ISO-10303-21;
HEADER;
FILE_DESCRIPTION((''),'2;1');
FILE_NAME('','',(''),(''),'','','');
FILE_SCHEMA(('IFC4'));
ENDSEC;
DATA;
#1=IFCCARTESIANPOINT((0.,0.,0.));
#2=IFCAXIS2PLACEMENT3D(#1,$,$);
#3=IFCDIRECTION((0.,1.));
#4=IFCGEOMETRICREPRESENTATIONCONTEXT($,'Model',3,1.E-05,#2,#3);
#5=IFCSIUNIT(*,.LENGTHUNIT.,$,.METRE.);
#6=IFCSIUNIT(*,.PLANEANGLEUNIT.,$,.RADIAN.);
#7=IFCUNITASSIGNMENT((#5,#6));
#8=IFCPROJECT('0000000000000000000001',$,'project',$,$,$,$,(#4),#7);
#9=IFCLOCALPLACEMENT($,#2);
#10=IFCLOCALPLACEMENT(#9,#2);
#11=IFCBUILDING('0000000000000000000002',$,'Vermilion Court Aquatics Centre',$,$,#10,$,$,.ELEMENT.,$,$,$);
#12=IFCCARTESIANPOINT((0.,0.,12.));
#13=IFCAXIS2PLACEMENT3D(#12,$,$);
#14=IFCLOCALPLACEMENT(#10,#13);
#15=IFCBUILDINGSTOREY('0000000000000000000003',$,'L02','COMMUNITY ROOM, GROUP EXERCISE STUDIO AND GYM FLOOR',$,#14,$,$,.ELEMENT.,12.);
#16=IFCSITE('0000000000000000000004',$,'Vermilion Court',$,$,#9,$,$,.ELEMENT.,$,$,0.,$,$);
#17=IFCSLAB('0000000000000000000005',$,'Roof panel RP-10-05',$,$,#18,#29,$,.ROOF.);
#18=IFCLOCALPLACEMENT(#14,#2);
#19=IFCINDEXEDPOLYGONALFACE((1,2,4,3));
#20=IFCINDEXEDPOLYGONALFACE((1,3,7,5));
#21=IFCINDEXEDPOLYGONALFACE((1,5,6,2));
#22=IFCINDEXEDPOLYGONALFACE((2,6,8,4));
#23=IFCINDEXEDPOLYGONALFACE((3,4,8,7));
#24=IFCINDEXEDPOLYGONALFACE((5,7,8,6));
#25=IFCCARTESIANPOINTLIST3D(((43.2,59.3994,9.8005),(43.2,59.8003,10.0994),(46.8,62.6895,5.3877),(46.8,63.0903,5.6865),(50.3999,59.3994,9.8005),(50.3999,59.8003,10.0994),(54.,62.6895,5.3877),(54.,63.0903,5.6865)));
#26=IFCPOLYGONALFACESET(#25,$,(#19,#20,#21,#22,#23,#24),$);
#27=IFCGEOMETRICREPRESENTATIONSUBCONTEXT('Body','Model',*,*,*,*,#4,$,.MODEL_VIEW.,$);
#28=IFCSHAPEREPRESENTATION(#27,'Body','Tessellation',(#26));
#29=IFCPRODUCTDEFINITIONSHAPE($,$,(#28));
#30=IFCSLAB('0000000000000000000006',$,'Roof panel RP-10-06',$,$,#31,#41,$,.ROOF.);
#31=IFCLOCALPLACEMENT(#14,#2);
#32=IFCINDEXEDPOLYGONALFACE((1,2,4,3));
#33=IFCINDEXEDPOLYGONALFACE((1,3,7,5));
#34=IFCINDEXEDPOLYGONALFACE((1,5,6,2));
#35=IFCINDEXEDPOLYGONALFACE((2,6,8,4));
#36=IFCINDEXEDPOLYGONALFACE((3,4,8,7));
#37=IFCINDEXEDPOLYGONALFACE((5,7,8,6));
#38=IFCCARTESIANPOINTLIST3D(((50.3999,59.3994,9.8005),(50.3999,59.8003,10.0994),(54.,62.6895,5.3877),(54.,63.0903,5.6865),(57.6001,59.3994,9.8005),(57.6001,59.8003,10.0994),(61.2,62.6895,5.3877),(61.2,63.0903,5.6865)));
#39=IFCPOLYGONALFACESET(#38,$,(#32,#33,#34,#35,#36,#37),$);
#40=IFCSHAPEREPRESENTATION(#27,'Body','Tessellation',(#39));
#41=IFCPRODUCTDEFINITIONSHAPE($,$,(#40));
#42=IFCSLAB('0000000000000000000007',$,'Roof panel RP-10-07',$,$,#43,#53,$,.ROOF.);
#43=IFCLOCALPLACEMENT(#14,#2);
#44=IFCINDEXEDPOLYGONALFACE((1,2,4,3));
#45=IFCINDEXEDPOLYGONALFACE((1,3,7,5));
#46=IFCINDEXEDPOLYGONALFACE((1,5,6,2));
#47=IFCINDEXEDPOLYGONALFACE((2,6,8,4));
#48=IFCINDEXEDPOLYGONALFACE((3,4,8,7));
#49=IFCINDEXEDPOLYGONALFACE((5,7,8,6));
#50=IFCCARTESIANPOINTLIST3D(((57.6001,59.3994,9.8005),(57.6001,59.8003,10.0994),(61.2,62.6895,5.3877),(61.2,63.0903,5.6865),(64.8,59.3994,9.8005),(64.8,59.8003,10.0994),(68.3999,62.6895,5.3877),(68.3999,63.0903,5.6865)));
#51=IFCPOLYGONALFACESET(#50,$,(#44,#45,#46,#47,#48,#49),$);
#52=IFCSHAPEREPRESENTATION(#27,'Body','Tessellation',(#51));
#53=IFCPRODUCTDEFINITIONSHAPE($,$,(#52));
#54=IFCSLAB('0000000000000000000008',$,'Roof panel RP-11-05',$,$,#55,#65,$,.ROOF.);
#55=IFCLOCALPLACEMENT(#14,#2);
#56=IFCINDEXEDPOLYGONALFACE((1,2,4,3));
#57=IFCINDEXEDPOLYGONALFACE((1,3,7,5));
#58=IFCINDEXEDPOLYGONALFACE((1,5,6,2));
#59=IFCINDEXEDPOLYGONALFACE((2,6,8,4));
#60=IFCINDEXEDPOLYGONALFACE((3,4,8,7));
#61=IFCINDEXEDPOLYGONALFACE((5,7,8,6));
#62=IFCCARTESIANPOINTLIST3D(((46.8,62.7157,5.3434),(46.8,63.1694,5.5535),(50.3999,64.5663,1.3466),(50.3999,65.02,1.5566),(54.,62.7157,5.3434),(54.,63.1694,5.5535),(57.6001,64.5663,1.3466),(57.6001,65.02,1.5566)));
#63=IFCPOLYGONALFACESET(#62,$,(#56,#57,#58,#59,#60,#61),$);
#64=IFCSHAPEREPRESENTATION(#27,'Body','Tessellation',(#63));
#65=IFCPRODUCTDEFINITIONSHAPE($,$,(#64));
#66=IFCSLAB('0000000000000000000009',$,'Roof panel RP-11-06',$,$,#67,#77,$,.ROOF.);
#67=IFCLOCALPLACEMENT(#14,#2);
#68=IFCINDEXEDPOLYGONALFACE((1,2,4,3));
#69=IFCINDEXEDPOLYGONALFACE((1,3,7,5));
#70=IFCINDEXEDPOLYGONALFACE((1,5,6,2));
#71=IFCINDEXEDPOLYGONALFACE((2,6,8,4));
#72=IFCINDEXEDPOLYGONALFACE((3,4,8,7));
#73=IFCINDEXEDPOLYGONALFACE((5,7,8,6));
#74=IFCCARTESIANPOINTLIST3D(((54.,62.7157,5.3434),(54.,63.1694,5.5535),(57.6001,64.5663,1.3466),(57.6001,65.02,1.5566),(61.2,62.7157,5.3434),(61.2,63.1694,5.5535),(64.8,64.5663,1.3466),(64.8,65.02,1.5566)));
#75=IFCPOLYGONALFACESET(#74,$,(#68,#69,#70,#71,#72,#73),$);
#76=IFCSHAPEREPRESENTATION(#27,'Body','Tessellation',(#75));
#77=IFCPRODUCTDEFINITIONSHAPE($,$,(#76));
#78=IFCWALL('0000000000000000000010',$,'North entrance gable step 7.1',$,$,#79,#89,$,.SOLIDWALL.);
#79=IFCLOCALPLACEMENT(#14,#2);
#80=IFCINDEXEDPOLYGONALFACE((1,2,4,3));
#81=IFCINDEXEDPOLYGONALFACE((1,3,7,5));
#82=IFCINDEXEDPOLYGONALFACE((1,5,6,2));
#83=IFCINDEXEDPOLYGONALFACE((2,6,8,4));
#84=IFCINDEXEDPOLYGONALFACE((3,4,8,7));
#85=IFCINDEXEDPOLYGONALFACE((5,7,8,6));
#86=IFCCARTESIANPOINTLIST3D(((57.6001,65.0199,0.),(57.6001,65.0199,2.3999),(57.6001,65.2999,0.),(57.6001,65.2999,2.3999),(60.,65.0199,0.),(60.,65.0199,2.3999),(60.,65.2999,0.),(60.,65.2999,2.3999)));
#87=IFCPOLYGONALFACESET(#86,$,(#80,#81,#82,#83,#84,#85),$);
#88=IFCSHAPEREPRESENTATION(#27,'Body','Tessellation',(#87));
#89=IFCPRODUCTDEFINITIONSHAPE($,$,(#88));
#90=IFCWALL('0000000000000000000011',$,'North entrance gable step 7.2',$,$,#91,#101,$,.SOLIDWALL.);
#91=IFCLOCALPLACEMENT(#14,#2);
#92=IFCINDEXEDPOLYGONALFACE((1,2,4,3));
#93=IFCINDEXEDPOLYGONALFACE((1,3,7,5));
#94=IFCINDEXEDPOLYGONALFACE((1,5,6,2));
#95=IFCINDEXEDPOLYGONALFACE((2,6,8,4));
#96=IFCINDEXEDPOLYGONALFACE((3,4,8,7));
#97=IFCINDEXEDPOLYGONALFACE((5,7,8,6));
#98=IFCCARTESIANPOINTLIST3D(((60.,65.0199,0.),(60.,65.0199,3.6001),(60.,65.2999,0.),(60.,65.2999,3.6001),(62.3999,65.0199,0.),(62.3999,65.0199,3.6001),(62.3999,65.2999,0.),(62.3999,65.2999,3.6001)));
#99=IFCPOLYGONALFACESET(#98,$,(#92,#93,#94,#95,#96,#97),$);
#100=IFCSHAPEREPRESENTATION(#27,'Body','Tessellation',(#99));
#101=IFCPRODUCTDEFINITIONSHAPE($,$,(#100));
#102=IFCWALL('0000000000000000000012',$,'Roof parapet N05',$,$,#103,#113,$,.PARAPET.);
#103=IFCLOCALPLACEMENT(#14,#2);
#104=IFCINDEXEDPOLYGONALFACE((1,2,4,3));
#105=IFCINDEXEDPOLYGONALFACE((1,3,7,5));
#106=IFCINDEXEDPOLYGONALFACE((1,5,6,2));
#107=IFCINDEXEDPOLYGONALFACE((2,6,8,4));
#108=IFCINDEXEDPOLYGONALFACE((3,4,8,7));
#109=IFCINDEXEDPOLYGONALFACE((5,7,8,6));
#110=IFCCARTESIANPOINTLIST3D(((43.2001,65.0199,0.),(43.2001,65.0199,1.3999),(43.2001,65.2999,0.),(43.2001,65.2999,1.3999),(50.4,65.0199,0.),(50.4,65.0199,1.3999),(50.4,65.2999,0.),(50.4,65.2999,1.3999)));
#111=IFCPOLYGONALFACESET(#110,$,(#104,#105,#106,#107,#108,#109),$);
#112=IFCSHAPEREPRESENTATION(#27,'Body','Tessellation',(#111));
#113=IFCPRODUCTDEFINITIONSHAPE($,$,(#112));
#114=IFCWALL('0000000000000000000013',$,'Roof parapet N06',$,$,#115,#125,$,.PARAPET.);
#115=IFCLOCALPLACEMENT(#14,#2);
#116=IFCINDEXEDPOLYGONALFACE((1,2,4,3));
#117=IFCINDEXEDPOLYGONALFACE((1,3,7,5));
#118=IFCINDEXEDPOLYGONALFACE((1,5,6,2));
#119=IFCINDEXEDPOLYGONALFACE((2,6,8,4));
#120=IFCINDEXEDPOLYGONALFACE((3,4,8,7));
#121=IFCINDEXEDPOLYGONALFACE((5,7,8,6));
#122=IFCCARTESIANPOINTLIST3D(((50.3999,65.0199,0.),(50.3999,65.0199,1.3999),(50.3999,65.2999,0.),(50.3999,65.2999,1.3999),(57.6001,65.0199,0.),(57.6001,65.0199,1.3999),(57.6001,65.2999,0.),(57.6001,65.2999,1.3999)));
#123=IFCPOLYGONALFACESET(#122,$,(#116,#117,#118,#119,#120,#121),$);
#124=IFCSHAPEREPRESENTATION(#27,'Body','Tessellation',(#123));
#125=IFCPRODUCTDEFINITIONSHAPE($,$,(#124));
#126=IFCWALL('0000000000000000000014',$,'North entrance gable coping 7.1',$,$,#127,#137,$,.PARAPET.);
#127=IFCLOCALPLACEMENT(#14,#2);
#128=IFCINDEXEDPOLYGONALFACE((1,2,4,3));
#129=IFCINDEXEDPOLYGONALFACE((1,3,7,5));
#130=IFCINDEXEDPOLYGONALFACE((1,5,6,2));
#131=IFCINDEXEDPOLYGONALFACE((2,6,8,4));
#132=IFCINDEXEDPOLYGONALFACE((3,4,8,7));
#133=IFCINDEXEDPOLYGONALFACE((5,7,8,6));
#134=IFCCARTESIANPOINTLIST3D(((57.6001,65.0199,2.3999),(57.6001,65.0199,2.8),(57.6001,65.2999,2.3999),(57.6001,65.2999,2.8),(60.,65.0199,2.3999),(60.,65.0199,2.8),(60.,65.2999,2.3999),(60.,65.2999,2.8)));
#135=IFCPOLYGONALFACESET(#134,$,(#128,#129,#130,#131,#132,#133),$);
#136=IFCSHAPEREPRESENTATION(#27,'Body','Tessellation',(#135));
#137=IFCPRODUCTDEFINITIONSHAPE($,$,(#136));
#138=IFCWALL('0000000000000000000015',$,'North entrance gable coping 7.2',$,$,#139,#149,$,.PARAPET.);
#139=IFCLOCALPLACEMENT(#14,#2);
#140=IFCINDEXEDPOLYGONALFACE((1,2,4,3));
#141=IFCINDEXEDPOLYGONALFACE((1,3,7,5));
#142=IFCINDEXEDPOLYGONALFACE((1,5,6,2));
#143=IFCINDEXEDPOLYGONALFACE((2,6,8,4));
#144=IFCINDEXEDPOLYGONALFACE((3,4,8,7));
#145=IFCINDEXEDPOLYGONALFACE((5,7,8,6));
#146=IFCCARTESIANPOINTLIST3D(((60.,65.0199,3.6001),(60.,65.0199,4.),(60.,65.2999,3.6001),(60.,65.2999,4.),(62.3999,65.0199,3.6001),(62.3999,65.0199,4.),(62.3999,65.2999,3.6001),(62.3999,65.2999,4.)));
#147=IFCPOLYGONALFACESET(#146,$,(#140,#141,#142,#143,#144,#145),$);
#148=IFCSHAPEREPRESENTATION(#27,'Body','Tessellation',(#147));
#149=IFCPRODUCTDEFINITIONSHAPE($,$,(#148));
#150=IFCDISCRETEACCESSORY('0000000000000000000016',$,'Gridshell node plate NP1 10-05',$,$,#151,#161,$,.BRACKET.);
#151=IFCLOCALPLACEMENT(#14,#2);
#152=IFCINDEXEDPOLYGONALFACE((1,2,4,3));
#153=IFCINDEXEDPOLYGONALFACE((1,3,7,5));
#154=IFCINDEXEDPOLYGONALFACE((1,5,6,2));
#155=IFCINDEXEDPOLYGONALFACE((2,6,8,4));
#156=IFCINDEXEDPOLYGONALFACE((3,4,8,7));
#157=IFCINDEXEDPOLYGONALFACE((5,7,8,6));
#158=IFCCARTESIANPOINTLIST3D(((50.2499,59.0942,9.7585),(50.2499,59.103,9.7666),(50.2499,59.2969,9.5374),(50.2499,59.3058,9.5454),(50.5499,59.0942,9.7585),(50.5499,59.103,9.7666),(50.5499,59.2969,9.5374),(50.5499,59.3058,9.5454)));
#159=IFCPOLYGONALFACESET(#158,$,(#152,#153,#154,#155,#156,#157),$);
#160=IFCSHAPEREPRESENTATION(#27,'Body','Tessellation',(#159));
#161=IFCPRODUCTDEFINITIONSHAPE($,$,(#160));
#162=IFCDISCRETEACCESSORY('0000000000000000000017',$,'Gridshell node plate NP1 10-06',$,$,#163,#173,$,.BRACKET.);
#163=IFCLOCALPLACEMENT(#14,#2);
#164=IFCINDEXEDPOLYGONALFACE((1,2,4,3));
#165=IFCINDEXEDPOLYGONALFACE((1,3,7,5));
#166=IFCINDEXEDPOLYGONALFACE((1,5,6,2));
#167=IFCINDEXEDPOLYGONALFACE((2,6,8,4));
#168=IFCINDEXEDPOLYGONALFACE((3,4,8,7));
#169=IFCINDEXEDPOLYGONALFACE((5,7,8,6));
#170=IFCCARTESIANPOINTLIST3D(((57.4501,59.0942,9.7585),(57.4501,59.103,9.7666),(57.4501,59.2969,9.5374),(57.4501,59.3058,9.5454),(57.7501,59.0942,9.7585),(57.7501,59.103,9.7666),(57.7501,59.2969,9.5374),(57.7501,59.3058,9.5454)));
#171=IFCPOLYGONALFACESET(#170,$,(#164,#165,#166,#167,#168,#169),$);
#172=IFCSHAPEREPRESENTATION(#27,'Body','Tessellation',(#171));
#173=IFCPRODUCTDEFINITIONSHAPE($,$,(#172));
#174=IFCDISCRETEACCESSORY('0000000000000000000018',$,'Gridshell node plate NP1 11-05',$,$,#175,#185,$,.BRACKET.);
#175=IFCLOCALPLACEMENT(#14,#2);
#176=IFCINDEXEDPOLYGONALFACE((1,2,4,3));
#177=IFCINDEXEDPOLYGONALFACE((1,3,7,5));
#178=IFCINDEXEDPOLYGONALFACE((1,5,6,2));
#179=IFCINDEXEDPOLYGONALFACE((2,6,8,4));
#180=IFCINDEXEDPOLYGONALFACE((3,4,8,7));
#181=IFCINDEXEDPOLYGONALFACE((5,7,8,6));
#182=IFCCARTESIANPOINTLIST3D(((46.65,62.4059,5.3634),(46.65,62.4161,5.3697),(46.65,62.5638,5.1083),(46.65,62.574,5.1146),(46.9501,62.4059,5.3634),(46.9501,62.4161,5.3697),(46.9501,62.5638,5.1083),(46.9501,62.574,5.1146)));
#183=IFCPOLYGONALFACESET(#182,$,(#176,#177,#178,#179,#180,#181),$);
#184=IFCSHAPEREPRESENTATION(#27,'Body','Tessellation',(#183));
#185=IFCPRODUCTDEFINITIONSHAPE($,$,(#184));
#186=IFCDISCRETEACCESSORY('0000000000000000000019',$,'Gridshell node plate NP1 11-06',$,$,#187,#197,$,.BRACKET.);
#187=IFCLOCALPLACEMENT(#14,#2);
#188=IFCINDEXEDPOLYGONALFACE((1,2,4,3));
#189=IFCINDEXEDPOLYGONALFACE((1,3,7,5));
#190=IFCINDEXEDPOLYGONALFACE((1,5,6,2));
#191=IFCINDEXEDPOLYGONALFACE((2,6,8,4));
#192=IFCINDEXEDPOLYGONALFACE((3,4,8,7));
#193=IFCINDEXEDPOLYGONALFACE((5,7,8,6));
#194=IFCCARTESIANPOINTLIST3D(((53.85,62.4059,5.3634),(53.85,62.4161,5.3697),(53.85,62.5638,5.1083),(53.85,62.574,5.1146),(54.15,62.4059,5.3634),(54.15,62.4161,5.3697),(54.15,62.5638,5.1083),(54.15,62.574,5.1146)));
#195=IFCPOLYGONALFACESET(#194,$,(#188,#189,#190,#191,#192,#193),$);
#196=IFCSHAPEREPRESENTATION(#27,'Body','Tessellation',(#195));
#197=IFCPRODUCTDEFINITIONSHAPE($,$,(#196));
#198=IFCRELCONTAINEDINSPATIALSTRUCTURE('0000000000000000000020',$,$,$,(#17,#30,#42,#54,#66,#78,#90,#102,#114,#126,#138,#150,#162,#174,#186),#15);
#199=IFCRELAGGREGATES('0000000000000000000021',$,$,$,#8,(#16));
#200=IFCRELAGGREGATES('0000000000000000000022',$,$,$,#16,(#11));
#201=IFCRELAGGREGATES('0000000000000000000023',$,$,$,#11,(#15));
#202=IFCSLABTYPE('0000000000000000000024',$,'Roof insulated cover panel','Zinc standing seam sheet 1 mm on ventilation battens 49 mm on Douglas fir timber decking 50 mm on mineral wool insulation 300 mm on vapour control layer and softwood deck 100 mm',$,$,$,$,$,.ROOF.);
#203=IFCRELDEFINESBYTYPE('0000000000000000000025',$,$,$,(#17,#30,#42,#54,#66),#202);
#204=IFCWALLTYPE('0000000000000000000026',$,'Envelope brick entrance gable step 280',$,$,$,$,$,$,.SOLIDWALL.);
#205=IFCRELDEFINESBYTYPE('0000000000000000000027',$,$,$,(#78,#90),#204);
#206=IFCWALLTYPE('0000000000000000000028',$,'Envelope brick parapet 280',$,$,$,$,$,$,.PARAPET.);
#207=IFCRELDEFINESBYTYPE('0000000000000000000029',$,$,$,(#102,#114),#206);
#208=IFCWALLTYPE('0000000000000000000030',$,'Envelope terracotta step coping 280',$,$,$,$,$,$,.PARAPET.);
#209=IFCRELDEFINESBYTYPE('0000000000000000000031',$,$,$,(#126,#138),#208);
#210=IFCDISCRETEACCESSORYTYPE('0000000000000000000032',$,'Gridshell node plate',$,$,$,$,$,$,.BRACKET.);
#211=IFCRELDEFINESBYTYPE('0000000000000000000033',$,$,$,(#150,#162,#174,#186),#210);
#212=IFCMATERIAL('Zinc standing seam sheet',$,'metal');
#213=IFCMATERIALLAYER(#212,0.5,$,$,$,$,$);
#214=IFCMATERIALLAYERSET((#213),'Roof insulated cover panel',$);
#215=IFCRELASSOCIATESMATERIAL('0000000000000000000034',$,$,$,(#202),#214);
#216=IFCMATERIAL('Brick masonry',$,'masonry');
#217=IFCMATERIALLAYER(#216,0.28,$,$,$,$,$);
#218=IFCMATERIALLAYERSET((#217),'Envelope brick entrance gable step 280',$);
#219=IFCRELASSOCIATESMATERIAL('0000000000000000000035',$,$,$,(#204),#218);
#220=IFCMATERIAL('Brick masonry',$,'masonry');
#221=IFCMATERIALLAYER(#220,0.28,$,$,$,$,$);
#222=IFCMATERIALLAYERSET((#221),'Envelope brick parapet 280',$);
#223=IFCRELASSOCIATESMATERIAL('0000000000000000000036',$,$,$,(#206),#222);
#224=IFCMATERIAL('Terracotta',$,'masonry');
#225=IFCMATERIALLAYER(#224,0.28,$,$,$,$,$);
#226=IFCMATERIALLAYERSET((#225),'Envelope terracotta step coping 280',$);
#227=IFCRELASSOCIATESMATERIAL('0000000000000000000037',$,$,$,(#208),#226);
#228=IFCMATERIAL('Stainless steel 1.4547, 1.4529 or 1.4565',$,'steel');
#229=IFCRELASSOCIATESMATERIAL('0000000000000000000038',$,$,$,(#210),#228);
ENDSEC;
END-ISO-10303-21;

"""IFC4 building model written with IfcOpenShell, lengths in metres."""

from ifc_helpers import new_model, si_unit, direction, frame, frame_2d, origin, origin_2d, place, context, subcontext, project, spatial, polyline, rectangle, outline, extrude, material, layer, layer_set, material_profile, profile_set, type_object, element, save


model = new_model("IFC4")

# Units and contexts
model_context = context("Model", 3, precision=1e-05, world=origin(), true_north=direction((0.0, 1.0)))
body_context = subcontext(model_context, "Body", "Model", "MODEL_VIEW")
ifc_project = project(units=[si_unit("LENGTHUNIT", "METRE"), si_unit("PLANEANGLEUNIT", "RADIAN")], contexts=[model_context])

# Site, building, storey
site_placement = place(None, origin())
site = spatial("IfcSite", under=ifc_project, at=site_placement, Name="Vermilion Court", CompositionType="ELEMENT", RefElevation=0.0)
building_placement = place(site_placement, origin())
building = spatial("IfcBuilding", under=site, at=building_placement, Name="Vermilion Court Aquatics Centre", CompositionType="ELEMENT")
storey_placement = place(building_placement, frame((0.0, 0.0, 12.0)))
storey = spatial("IfcBuildingStorey", under=building, at=storey_placement, Name="L02", Description="COMMUNITY ROOM, GROUP EXERCISE STUDIO AND GYM FLOOR", CompositionType="ELEMENT", Elevation=12.0)

# Slabs
ifc_material_1 = material(Name="Zinc standing seam sheet", Category="metal")
ifc_layer_1 = layer(ifc_material_1, 0.5)
ifc_layer_set_1 = layer_set([ifc_layer_1], Name="Roof insulated cover panel")
slab_type = type_object("IfcSlabType", Name="Roof insulated cover panel", Description="Zinc standing seam sheet 1 mm on ventilation battens 49 mm on Douglas fir timber decking 50 mm on mineral wool insulation 300 mm on vapour control layer and softwood deck 100 mm", PredefinedType="ROOF", material=ifc_layer_set_1)
slab_1_placement = place(storey_placement, frame((43.2, 59.8003, 10.0994), z_axis=(0.0, 0.801705, 0.59772), x_axis=(1.0, 0.0, 0.0)))
element("IfcSlab", 1, at=slab_1_placement, inside=storey, type_object=slab_type, Name="Roof panel RP-10-05", PredefinedType="ROOF", context=body_context, shape_type="SweptSolid", body=[
    extrude(outline(polyline([(0.0, 0.0), (7.2, 0.0), (10.8, 5.5043), (3.6001, 5.5043), (0.0, 0.0)])), origin(), (0.0, 0.0, -1.0), 0.5),
])
slab_2_placement = place(storey_placement, frame((50.3999, 59.8003, 10.0994), z_axis=(0.0, 0.801705, 0.59772), x_axis=(1.0, 0.0, 0.0)))
element("IfcSlab", 2, at=slab_2_placement, inside=storey, type_object=slab_type, Name="Roof panel RP-10-06", PredefinedType="ROOF", context=body_context, shape_type="SweptSolid", body=[
    extrude(outline(polyline([(0.0, 0.0), (7.2002, 0.0), (10.8, 5.5043), (3.6001, 5.5043), (0.0, 0.0)])), origin(), (0.0, 0.0, -1.0), 0.5),
])
slab_3_placement = place(storey_placement, frame((57.6001, 59.8003, 10.0994), z_axis=(0.0, 0.801705, 0.59772), x_axis=(1.0, 0.0, 0.0)))
element("IfcSlab", 3, at=slab_3_placement, inside=storey, type_object=slab_type, Name="Roof panel RP-10-07", PredefinedType="ROOF", context=body_context, shape_type="SweptSolid", body=[
    extrude(outline(polyline([(0.0, 0.0), (7.2, 0.0), (10.7998, 5.5043), (3.5999, 5.5043), (0.0, 0.0)])), origin(), (0.0, 0.0, -1.0), 0.5),
])
slab_4_placement = place(storey_placement, frame((46.8, 63.1694, 5.5535), z_axis=(0.0, 0.907449, 0.420162), x_axis=(1.0, 0.0, 0.0)))
element("IfcSlab", 4, at=slab_4_placement, inside=storey, type_object=slab_type, Name="Roof panel RP-11-05", PredefinedType="ROOF", context=body_context, shape_type="SweptSolid", body=[
    extrude(outline(polyline([(0.0, 0.0), (7.2, 0.0), (10.8, 4.4045), (3.5999, 4.4045), (0.0, 0.0)])), origin(), (0.0, 0.0, -1.0), 0.5),
])
slab_5_placement = place(storey_placement, frame((54.0, 63.1694, 5.5535), z_axis=(0.0, 0.907449, 0.420162), x_axis=(1.0, 0.0, 0.0)))
element("IfcSlab", 5, at=slab_5_placement, inside=storey, type_object=slab_type, Name="Roof panel RP-11-06", PredefinedType="ROOF", context=body_context, shape_type="SweptSolid", body=[
    extrude(outline(polyline([(0.0, 0.0), (7.2, 0.0), (10.8, 4.4045), (3.6001, 4.4045), (0.0, 0.0)])), origin(), (0.0, 0.0, -1.0), 0.5),
])

# Walls
ifc_material_2 = material(Name="Brick masonry", Category="masonry")
ifc_layer_2 = layer(ifc_material_2, 0.28)
ifc_layer_set_2 = layer_set([ifc_layer_2], Name="Envelope brick entrance gable step 280")
wall_type_1 = type_object("IfcWallType", Name="Envelope brick entrance gable step 280", PredefinedType="SOLIDWALL", material=ifc_layer_set_2)
wall_1_placement = place(storey_placement, frame((57.6001, 65.1599, 0.0), z_axis=(0.0, 0.0, 1.0), x_axis=(1.0, 0.0, 0.0)))
element("IfcWall", 6, at=wall_1_placement, inside=storey, type_object=wall_type_1, Name="North entrance gable step 7.1", PredefinedType="SOLIDWALL", context=body_context, shape_type="SweptSolid", body=[
    extrude(rectangle(XDim=2.3999, YDim=0.28, at=frame_2d((1.2, 0.0))), origin(), (0.0, 0.0, 1.0), 2.3999),
])
wall_2_placement = place(storey_placement, frame((60.0, 65.1599, 0.0), z_axis=(0.0, 0.0, 1.0), x_axis=(1.0, 0.0, 0.0)))
element("IfcWall", 7, at=wall_2_placement, inside=storey, type_object=wall_type_1, Name="North entrance gable step 7.2", PredefinedType="SOLIDWALL", context=body_context, shape_type="SweptSolid", body=[
    extrude(rectangle(XDim=2.3999, YDim=0.28, at=frame_2d((1.2, 0.0))), origin(), (0.0, 0.0, 1.0), 3.6001),
])
ifc_material_3 = material(Name="Brick masonry", Category="masonry")
ifc_layer_3 = layer(ifc_material_3, 0.28)
ifc_layer_set_3 = layer_set([ifc_layer_3], Name="Envelope brick parapet 280")
wall_type_2 = type_object("IfcWallType", Name="Envelope brick parapet 280", PredefinedType="PARAPET", material=ifc_layer_set_3)
wall_3_placement = place(storey_placement, frame((43.2, 65.1599, 0.0), z_axis=(0.0, 0.0, 1.0), x_axis=(1.0, 0.0, 0.0)))
element("IfcWall", 8, at=wall_3_placement, inside=storey, type_object=wall_type_2, Name="Roof parapet N05", PredefinedType="PARAPET", context=body_context, shape_type="SweptSolid", body=[
    extrude(rectangle(XDim=7.2, YDim=0.28, at=frame_2d((3.6001, 0.0))), origin(), (0.0, 0.0, 1.0), 1.3999),
])
wall_4_placement = place(storey_placement, frame((50.3999, 65.1599, 0.0), z_axis=(0.0, 0.0, 1.0), x_axis=(1.0, 0.0, 0.0)))
element("IfcWall", 9, at=wall_4_placement, inside=storey, type_object=wall_type_2, Name="Roof parapet N06", PredefinedType="PARAPET", context=body_context, shape_type="SweptSolid", body=[
    extrude(rectangle(XDim=7.2002, YDim=0.28, at=frame_2d((3.6001, 0.0))), origin(), (0.0, 0.0, 1.0), 1.3999),
])
ifc_material_4 = material(Name="Terracotta", Category="masonry")
ifc_layer_4 = layer(ifc_material_4, 0.28)
ifc_layer_set_4 = layer_set([ifc_layer_4], Name="Envelope terracotta step coping 280")
wall_type_3 = type_object("IfcWallType", Name="Envelope terracotta step coping 280", PredefinedType="PARAPET", material=ifc_layer_set_4)
wall_5_placement = place(storey_placement, frame((57.6001, 65.1599, 2.3999), z_axis=(0.0, 0.0, 1.0), x_axis=(1.0, 0.0, 0.0)))
element("IfcWall", 10, at=wall_5_placement, inside=storey, type_object=wall_type_3, Name="North entrance gable coping 7.1", PredefinedType="PARAPET", context=body_context, shape_type="SweptSolid", body=[
    extrude(rectangle(XDim=2.3999, YDim=0.28, at=frame_2d((1.2, 0.0))), origin(), (0.0, 0.0, 1.0), 0.4001),
])
wall_6_placement = place(storey_placement, frame((60.0, 65.1599, 3.6001), z_axis=(0.0, 0.0, 1.0), x_axis=(1.0, 0.0, 0.0)))
element("IfcWall", 11, at=wall_6_placement, inside=storey, type_object=wall_type_3, Name="North entrance gable coping 7.2", PredefinedType="PARAPET", context=body_context, shape_type="SweptSolid", body=[
    extrude(rectangle(XDim=2.3999, YDim=0.28, at=frame_2d((1.2, 0.0))), origin(), (0.0, 0.0, 1.0), 0.3999),
])

# Discrete accessories
ifc_material_5 = material(Name="Stainless steel 1.4547, 1.4529 or 1.4565", Category="steel")
ifc_material_profile_1 = material_profile(ifc_material_5, rectangle(XDim=0.3, YDim=0.3, at=origin_2d()), Name="PL 12 x 300 x 300")
ifc_profile_set_1 = profile_set([ifc_material_profile_1], Name="Stainless steel 1.4547, 1.4529 or 1.4565")
discrete_accessory_type_1 = type_object("IfcDiscreteAccessoryType", Name="Gridshell node plate", PredefinedType="BRACKET", material=ifc_profile_set_1)
for number, where, z_axis, x_axis, name in (
    (12, (50.3999, 59.1956, 9.6479), (0.0, 0.737154, 0.675725), (-1.0, 0.0, 0.0), "Gridshell node plate NP1 10-05"),
    (13, (57.6001, 59.1956, 9.6479), (0.0, 0.737154, 0.675725), (-1.0, 0.0, 0.0), "Gridshell node plate NP1 10-06"),
    (14, (46.8, 62.4849, 5.2358), (0.0, 0.850265, 0.526355), (-1.0, 0.0, 0.0), "Gridshell node plate NP1 11-05"),
    (15, (54.0, 62.4849, 5.2358), (0.0, 0.850265, 0.526355), (-1.0, 0.0, 0.0), "Gridshell node plate NP1 11-06"),
):
    element("IfcDiscreteAccessory", number, at=place(storey_placement, frame(where, z_axis=z_axis, x_axis=x_axis)), inside=storey, type_object=discrete_accessory_type_1, Name=name, PredefinedType="BRACKET", context=body_context, shape_type="SweptSolid", body=[
        extrude(rectangle(XDim=0.3, YDim=0.3, at=origin_2d()), origin(), (0.0, 0.0, 1.0), 0.012),
    ])

save(model, "model.ifc")
